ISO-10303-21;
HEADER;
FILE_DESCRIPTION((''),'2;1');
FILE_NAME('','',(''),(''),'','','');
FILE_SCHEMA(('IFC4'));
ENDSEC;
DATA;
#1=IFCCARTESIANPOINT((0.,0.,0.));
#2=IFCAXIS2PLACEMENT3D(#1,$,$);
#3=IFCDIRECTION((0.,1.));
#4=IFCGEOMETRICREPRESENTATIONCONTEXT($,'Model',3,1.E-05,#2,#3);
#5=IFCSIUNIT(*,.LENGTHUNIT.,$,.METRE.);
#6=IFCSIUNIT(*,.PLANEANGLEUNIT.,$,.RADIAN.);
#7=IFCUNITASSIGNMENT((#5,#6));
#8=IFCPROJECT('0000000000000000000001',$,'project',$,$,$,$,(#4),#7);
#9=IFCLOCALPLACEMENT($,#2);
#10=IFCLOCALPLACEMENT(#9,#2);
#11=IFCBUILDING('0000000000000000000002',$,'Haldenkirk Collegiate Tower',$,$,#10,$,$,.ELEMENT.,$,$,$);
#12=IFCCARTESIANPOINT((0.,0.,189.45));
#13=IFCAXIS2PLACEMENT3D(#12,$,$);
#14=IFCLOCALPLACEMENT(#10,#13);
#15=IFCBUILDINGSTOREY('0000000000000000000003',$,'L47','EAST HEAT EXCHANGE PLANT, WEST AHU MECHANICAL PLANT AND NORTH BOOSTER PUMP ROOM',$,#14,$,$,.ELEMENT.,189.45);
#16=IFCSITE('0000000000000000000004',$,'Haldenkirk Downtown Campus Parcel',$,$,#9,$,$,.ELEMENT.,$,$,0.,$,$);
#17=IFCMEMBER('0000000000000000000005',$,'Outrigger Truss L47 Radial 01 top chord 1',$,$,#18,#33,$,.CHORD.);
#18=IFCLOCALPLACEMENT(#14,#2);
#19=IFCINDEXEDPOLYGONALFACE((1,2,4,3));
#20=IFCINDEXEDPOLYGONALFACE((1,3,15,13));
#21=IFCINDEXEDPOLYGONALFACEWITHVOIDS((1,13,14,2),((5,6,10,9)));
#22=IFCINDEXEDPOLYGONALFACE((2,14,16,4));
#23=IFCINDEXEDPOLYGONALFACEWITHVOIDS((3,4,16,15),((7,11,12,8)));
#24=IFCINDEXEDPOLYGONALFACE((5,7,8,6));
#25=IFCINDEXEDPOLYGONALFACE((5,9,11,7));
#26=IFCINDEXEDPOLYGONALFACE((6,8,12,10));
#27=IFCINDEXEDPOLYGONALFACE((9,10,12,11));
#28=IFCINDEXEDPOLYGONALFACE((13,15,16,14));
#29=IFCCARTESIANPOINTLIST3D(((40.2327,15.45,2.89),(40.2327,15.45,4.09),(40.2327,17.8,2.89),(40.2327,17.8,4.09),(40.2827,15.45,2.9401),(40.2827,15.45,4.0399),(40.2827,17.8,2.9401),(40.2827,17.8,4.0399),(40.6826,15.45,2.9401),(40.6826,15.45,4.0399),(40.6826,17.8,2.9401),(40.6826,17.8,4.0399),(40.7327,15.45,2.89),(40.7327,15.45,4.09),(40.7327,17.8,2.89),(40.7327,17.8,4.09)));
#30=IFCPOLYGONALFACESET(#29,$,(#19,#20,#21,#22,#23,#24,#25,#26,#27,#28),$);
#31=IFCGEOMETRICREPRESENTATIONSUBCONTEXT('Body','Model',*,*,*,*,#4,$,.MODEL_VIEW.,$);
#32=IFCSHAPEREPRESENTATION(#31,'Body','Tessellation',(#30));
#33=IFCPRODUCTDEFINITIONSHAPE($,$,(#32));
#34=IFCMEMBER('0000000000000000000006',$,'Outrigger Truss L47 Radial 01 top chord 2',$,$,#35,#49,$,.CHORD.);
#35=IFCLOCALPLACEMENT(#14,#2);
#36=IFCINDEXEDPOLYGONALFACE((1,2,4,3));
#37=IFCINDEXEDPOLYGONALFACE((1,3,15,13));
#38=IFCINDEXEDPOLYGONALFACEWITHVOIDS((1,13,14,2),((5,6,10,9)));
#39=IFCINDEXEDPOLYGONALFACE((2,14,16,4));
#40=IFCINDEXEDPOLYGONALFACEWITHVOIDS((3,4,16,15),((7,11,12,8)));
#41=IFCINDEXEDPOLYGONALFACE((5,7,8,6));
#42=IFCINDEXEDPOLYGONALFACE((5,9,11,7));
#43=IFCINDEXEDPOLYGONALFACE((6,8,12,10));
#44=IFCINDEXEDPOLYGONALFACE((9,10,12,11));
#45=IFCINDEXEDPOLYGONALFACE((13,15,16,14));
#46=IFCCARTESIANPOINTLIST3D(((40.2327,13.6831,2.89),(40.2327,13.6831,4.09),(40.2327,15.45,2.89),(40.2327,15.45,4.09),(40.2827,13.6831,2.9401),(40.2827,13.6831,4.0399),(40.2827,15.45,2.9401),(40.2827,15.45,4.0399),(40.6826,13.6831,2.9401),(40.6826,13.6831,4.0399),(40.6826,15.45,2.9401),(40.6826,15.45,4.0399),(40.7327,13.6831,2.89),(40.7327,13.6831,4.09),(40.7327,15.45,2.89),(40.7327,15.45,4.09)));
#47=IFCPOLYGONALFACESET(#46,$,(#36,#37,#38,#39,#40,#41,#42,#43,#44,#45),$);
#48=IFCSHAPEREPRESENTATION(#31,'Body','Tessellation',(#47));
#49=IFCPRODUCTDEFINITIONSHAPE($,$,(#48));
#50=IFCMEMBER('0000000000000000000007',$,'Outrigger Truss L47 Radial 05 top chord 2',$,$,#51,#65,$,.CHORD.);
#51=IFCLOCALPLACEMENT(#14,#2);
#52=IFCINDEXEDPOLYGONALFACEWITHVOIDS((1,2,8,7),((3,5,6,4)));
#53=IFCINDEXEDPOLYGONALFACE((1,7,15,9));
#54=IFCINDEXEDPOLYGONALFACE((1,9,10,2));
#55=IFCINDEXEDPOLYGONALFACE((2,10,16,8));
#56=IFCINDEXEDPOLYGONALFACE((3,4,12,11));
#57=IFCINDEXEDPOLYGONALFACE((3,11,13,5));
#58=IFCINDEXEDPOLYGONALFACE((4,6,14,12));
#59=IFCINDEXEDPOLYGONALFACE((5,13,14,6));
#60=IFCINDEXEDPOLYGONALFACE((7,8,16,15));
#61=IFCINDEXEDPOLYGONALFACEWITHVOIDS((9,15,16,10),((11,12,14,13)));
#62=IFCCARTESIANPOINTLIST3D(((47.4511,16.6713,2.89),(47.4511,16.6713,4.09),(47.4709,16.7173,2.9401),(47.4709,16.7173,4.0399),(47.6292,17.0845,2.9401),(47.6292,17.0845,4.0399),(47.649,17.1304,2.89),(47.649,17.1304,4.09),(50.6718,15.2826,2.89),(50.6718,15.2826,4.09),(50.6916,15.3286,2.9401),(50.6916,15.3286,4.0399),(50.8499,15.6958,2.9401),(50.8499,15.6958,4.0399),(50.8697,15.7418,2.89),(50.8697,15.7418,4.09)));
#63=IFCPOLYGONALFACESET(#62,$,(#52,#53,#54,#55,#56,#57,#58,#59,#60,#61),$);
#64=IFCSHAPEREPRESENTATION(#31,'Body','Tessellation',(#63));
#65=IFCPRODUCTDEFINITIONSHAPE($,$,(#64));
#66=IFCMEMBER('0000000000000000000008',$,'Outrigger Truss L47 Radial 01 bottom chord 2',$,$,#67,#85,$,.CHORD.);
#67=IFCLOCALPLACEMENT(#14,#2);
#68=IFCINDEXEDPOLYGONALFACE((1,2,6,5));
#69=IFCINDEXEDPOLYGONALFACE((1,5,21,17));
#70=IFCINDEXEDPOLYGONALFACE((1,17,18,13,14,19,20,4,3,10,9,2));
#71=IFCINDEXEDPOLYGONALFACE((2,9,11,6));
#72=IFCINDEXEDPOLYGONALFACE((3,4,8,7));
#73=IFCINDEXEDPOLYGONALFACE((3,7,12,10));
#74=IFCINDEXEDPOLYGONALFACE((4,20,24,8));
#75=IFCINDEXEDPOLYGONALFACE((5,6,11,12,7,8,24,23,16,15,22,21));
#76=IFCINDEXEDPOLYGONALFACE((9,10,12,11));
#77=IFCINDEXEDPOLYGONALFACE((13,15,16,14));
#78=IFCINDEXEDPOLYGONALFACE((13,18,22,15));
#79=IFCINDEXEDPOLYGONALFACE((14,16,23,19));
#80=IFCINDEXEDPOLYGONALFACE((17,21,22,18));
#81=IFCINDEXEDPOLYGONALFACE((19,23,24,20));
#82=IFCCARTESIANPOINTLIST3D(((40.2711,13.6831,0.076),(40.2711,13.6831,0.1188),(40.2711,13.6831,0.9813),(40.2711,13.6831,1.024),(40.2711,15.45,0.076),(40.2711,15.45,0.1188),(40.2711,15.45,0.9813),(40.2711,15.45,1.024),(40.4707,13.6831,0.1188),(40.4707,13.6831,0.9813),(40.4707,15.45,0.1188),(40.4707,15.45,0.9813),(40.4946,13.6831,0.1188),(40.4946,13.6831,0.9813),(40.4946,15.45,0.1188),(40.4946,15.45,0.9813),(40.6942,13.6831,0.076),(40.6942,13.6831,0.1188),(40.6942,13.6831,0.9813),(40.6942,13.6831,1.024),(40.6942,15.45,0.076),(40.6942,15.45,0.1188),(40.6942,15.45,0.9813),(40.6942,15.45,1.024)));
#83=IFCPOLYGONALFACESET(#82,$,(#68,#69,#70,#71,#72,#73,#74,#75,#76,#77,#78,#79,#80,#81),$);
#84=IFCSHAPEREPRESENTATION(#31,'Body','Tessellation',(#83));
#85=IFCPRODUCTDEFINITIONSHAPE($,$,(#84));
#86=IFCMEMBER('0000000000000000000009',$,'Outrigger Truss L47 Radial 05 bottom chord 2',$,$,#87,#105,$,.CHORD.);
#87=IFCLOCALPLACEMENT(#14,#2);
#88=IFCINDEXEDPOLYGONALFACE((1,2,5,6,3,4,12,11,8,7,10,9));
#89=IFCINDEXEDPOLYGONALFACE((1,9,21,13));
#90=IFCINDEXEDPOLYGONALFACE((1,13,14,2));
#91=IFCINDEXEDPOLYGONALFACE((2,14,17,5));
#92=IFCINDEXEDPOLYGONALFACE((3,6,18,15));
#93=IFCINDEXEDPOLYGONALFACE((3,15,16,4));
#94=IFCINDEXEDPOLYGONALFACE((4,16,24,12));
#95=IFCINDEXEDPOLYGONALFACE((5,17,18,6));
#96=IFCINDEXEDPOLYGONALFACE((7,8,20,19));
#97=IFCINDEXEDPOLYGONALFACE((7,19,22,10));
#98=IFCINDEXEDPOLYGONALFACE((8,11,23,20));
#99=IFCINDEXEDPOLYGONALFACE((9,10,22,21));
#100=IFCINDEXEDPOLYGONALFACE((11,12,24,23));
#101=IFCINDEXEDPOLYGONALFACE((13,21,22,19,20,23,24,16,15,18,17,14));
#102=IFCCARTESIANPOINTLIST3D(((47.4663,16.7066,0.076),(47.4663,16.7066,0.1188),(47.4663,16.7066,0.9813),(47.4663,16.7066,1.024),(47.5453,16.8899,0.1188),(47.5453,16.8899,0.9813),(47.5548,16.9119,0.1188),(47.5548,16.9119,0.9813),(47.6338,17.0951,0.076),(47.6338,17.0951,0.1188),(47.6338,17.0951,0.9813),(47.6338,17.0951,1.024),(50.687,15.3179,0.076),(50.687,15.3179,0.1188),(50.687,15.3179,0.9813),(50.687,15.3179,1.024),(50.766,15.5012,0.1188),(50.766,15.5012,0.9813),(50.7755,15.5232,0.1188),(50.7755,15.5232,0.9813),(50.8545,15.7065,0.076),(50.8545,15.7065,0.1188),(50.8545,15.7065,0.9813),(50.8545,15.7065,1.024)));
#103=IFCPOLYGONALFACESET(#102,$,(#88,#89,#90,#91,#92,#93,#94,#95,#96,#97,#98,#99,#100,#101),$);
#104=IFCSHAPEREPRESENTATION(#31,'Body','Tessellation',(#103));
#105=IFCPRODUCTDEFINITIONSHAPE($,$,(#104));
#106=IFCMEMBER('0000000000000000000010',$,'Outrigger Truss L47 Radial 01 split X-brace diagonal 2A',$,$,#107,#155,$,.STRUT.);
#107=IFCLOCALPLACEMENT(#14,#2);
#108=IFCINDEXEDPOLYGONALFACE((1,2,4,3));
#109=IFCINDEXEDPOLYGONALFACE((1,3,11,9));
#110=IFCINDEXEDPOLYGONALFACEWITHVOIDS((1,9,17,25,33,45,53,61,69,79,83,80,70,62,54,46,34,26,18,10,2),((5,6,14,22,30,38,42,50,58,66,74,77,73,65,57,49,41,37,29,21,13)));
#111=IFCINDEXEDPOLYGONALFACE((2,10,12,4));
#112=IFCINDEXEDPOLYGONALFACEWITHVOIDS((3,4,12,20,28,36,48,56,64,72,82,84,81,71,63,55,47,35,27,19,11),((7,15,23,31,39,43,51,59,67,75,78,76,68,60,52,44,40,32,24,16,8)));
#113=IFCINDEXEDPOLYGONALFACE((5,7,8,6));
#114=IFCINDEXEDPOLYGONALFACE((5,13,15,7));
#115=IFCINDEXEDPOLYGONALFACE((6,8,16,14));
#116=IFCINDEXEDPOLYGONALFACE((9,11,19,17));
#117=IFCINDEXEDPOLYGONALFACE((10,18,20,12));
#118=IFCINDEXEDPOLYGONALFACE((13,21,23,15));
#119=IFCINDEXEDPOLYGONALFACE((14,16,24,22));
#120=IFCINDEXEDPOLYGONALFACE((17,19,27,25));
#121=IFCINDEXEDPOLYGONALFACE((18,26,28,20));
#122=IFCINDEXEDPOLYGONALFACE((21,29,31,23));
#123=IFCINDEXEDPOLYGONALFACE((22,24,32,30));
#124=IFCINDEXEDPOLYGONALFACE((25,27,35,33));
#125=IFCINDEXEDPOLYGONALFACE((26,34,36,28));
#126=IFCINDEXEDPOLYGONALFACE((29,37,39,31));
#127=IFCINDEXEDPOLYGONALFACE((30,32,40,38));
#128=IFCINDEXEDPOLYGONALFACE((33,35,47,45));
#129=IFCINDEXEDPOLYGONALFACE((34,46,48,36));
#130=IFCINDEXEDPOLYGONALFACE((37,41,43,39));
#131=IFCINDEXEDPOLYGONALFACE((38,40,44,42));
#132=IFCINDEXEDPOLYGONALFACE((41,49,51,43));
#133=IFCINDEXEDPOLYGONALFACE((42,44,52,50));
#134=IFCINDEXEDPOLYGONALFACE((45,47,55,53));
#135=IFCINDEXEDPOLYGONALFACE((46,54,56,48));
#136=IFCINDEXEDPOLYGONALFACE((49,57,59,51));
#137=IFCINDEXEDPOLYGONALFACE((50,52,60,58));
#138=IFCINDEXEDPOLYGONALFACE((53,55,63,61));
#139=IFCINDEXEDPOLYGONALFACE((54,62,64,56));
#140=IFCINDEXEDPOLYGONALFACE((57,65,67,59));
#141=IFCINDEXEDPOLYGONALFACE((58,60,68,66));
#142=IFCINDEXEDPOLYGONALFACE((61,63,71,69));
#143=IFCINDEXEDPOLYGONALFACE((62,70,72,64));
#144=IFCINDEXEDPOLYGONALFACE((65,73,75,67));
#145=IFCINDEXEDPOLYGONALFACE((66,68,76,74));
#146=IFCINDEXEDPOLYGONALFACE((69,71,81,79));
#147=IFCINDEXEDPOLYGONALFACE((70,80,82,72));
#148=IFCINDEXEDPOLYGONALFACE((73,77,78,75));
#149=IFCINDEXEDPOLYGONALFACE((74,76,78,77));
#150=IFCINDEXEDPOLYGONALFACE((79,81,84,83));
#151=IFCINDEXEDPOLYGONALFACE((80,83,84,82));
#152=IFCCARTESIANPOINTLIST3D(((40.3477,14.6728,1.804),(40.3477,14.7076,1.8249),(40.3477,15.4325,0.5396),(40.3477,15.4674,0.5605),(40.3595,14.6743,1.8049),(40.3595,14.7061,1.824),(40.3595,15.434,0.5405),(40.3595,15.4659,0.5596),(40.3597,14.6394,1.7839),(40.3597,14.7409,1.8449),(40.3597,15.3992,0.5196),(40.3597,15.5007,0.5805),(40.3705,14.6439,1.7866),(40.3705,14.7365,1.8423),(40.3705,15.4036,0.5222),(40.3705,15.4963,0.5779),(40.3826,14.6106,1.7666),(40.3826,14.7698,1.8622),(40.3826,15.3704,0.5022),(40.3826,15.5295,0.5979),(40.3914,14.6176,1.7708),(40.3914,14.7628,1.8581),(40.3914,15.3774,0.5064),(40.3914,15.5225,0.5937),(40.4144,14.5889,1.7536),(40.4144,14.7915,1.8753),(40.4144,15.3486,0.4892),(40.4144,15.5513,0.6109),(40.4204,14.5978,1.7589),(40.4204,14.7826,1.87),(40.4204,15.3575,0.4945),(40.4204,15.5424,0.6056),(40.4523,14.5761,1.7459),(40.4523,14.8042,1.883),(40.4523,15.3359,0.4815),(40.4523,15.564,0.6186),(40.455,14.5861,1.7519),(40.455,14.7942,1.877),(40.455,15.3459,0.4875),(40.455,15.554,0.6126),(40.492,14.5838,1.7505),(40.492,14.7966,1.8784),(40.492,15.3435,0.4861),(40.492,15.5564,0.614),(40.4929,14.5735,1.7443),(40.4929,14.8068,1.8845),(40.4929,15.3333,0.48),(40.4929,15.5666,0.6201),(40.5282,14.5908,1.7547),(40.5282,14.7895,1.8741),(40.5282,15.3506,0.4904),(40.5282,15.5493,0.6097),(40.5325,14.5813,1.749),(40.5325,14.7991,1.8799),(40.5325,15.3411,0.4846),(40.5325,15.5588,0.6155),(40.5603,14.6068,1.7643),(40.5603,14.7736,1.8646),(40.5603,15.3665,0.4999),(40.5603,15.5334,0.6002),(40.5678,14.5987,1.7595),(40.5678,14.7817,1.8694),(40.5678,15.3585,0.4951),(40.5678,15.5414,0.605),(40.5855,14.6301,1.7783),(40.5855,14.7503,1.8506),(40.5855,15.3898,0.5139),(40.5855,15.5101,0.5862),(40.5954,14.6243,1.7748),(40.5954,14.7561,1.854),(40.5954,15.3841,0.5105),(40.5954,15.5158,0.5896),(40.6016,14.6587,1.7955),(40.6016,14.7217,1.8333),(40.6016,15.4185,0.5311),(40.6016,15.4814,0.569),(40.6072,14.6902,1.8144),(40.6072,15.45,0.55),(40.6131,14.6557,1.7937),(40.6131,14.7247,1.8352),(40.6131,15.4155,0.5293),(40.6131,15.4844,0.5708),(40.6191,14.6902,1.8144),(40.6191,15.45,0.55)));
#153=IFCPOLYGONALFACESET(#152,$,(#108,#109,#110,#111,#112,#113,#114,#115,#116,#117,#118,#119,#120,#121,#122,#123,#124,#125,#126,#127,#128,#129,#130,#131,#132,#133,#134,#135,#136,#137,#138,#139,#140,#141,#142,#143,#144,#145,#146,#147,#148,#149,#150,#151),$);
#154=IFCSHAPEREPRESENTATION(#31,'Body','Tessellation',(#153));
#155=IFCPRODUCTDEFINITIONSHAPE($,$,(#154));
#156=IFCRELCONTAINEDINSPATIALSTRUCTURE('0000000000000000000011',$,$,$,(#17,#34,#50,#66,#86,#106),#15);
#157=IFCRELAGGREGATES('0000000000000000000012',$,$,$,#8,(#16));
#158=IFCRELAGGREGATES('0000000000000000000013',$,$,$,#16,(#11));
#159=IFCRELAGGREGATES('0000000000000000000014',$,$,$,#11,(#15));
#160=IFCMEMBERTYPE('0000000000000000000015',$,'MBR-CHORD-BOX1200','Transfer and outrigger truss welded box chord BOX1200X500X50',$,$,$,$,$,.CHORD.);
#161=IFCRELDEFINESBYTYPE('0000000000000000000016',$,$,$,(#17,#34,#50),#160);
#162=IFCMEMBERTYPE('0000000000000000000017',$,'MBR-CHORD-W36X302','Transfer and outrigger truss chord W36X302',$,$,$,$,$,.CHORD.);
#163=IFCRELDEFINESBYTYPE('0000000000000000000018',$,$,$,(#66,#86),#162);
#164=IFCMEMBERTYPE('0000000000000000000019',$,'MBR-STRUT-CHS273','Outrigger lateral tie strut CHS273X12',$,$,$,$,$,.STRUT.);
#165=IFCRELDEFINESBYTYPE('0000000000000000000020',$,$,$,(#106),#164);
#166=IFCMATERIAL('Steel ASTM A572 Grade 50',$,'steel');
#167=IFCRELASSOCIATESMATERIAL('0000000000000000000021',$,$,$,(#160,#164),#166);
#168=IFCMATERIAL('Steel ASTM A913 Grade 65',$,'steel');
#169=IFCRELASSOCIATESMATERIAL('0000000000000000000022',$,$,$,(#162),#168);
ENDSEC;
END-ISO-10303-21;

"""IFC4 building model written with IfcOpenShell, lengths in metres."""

from ifc_helpers import new_model, si_unit, direction, frame, origin, origin_2d, place, context, subcontext, project, spatial, hollow_rectangle, hollow_circle, i_section, extrude, material, material_profile, profile_set, type_object, element, save


model = new_model("IFC4")

# Units and contexts
model_context = context("Model", 3, precision=1e-05, world=origin(), true_north=direction((0.0, 1.0)))
body_context = subcontext(model_context, "Body", "Model", "MODEL_VIEW")
ifc_project = project(units=[si_unit("LENGTHUNIT", "METRE"), si_unit("PLANEANGLEUNIT", "RADIAN")], contexts=[model_context])

# Site, building, storey
site_placement = place(None, origin())
site = spatial("IfcSite", under=ifc_project, at=site_placement, Name="Haldenkirk Downtown Campus Parcel", CompositionType="ELEMENT", RefElevation=0.0)
building_placement = place(site_placement, origin())
building = spatial("IfcBuilding", under=site, at=building_placement, Name="Haldenkirk Collegiate Tower", CompositionType="ELEMENT")
storey_placement = place(building_placement, frame((0.0, 0.0, 189.45)))
storey = spatial("IfcBuildingStorey", under=building, at=storey_placement, Name="L47", Description="EAST HEAT EXCHANGE PLANT, WEST AHU MECHANICAL PLANT AND NORTH BOOSTER PUMP ROOM", CompositionType="ELEMENT", Elevation=189.45)

# Members
ifc_material_1 = material(Name="Steel ASTM A572 Grade 50", Category="steel")
ifc_material_profile_1 = material_profile(ifc_material_1, hollow_rectangle(XDim=0.5, YDim=1.2, WallThickness=0.05, at=origin_2d()), Name="BOX1200X500X50")
ifc_profile_set_1 = profile_set([ifc_material_profile_1], Name="Steel ASTM A572 Grade 50")
member_type_1 = type_object("IfcMemberType", Name="MBR-CHORD-BOX1200", Description="Transfer and outrigger truss welded box chord BOX1200X500X50", PredefinedType="CHORD", material=ifc_profile_set_1)
member_1_placement = place(storey_placement, frame((40.4827, 17.8, 3.49), z_axis=(0.0, -1.0, 0.0), x_axis=(1.0, 0.0, 0.0)))
element("IfcMember", 1, at=member_1_placement, inside=storey, type_object=member_type_1, Name="Outrigger Truss L47 Radial 01 top chord 1", PredefinedType="CHORD", context=body_context, shape_type="SweptSolid", body=[
    extrude(hollow_rectangle(XDim=0.5, YDim=1.2, WallThickness=0.05, at=origin_2d()), origin(), (0.0, 0.0, 1.0), 2.3501),
])
member_2_placement = place(storey_placement, frame((40.4827, 15.45, 3.49), z_axis=(0.0, -1.0, 0.0), x_axis=(1.0, 0.0, 0.0)))
element("IfcMember", 2, at=member_2_placement, inside=storey, type_object=member_type_1, Name="Outrigger Truss L47 Radial 01 top chord 2", PredefinedType="CHORD", context=body_context, shape_type="SweptSolid", body=[
    extrude(hollow_rectangle(XDim=0.5, YDim=1.2, WallThickness=0.05, at=origin_2d()), origin(), (0.0, 0.0, 1.0), 1.7668),
])
member_3_placement = place(storey_placement, frame((47.55, 16.9009, 3.49), z_axis=(0.918279, -0.395935, 0.0), x_axis=(0.395935, 0.918279, 0.0)))
element("IfcMember", 3, at=member_3_placement, inside=storey, type_object=member_type_1, Name="Outrigger Truss L47 Radial 05 top chord 2", PredefinedType="CHORD", context=body_context, shape_type="SweptSolid", body=[
    extrude(hollow_rectangle(XDim=0.5, YDim=1.2, WallThickness=0.05, at=origin_2d()), origin(), (0.0, 0.0, 1.0), 3.5073),
])
ifc_material_2 = material(Name="Steel ASTM A913 Grade 65", Category="steel")
ifc_material_profile_2 = material_profile(ifc_material_2, i_section(OverallWidth=0.4231, OverallDepth=0.948, WebThickness=0.0239, FlangeThickness=0.0427, at=origin_2d()), Name="W36X302")
ifc_profile_set_2 = profile_set([ifc_material_profile_2], Name="Steel ASTM A913 Grade 65")
member_type_2 = type_object("IfcMemberType", Name="MBR-CHORD-W36X302", Description="Transfer and outrigger truss chord W36X302", PredefinedType="CHORD", material=ifc_profile_set_2)
member_4_placement = place(storey_placement, frame((40.4827, 15.45, 0.55), z_axis=(0.0, -1.0, 0.0), x_axis=(1.0, 0.0, 0.0)))
element("IfcMember", 4, at=member_4_placement, inside=storey, type_object=member_type_2, Name="Outrigger Truss L47 Radial 01 bottom chord 2", PredefinedType="CHORD", context=body_context, shape_type="SweptSolid", body=[
    extrude(i_section(OverallWidth=0.4231, OverallDepth=0.948, WebThickness=0.0239, FlangeThickness=0.0427, at=origin_2d()), origin(), (0.0, 0.0, 1.0), 1.7668),
])
member_5_placement = place(storey_placement, frame((47.55, 16.9009, 0.55), z_axis=(0.918279, -0.395935, 0.0), x_axis=(0.395935, 0.918279, 0.0)))
element("IfcMember", 5, at=member_5_placement, inside=storey, type_object=member_type_2, Name="Outrigger Truss L47 Radial 05 bottom chord 2", PredefinedType="CHORD", context=body_context, shape_type="SweptSolid", body=[
    extrude(i_section(OverallWidth=0.4231, OverallDepth=0.948, WebThickness=0.0239, FlangeThickness=0.0427, at=origin_2d()), origin(), (0.0, 0.0, 1.0), 3.5073),
])
ifc_material_profile_3 = material_profile(ifc_material_1, hollow_circle(Radius=0.1365, WallThickness=0.012, at=origin_2d()), Name="CHS273X12")
ifc_profile_set_3 = profile_set([ifc_material_profile_3], Name="Steel ASTM A572 Grade 50")
member_type_3 = type_object("IfcMemberType", Name="MBR-STRUT-CHS273", Description="Outrigger lateral tie strut CHS273X12", PredefinedType="STRUT", material=ifc_profile_set_3)
for number, where, z_axis, x_axis, name in (
    (6, (40.4827, 15.45, 0.55), (0.0, -0.515055, 0.857157), (1.0, 0.0, 0.0), "Outrigger Truss L47 Radial 01 split X-brace diagonal 2A"),
):
    element("IfcMember", number, at=place(storey_placement, frame(where, z_axis=z_axis, x_axis=x_axis)), inside=storey, type_object=member_type_3, Name=name, PredefinedType="STRUT", context=body_context, shape_type="SweptSolid", body=[
        extrude(hollow_circle(Radius=0.1365, WallThickness=0.012, at=origin_2d()), origin(), (0.0, 0.0, 1.0), 1.4751),
    ])

save(model, "model.ifc")
